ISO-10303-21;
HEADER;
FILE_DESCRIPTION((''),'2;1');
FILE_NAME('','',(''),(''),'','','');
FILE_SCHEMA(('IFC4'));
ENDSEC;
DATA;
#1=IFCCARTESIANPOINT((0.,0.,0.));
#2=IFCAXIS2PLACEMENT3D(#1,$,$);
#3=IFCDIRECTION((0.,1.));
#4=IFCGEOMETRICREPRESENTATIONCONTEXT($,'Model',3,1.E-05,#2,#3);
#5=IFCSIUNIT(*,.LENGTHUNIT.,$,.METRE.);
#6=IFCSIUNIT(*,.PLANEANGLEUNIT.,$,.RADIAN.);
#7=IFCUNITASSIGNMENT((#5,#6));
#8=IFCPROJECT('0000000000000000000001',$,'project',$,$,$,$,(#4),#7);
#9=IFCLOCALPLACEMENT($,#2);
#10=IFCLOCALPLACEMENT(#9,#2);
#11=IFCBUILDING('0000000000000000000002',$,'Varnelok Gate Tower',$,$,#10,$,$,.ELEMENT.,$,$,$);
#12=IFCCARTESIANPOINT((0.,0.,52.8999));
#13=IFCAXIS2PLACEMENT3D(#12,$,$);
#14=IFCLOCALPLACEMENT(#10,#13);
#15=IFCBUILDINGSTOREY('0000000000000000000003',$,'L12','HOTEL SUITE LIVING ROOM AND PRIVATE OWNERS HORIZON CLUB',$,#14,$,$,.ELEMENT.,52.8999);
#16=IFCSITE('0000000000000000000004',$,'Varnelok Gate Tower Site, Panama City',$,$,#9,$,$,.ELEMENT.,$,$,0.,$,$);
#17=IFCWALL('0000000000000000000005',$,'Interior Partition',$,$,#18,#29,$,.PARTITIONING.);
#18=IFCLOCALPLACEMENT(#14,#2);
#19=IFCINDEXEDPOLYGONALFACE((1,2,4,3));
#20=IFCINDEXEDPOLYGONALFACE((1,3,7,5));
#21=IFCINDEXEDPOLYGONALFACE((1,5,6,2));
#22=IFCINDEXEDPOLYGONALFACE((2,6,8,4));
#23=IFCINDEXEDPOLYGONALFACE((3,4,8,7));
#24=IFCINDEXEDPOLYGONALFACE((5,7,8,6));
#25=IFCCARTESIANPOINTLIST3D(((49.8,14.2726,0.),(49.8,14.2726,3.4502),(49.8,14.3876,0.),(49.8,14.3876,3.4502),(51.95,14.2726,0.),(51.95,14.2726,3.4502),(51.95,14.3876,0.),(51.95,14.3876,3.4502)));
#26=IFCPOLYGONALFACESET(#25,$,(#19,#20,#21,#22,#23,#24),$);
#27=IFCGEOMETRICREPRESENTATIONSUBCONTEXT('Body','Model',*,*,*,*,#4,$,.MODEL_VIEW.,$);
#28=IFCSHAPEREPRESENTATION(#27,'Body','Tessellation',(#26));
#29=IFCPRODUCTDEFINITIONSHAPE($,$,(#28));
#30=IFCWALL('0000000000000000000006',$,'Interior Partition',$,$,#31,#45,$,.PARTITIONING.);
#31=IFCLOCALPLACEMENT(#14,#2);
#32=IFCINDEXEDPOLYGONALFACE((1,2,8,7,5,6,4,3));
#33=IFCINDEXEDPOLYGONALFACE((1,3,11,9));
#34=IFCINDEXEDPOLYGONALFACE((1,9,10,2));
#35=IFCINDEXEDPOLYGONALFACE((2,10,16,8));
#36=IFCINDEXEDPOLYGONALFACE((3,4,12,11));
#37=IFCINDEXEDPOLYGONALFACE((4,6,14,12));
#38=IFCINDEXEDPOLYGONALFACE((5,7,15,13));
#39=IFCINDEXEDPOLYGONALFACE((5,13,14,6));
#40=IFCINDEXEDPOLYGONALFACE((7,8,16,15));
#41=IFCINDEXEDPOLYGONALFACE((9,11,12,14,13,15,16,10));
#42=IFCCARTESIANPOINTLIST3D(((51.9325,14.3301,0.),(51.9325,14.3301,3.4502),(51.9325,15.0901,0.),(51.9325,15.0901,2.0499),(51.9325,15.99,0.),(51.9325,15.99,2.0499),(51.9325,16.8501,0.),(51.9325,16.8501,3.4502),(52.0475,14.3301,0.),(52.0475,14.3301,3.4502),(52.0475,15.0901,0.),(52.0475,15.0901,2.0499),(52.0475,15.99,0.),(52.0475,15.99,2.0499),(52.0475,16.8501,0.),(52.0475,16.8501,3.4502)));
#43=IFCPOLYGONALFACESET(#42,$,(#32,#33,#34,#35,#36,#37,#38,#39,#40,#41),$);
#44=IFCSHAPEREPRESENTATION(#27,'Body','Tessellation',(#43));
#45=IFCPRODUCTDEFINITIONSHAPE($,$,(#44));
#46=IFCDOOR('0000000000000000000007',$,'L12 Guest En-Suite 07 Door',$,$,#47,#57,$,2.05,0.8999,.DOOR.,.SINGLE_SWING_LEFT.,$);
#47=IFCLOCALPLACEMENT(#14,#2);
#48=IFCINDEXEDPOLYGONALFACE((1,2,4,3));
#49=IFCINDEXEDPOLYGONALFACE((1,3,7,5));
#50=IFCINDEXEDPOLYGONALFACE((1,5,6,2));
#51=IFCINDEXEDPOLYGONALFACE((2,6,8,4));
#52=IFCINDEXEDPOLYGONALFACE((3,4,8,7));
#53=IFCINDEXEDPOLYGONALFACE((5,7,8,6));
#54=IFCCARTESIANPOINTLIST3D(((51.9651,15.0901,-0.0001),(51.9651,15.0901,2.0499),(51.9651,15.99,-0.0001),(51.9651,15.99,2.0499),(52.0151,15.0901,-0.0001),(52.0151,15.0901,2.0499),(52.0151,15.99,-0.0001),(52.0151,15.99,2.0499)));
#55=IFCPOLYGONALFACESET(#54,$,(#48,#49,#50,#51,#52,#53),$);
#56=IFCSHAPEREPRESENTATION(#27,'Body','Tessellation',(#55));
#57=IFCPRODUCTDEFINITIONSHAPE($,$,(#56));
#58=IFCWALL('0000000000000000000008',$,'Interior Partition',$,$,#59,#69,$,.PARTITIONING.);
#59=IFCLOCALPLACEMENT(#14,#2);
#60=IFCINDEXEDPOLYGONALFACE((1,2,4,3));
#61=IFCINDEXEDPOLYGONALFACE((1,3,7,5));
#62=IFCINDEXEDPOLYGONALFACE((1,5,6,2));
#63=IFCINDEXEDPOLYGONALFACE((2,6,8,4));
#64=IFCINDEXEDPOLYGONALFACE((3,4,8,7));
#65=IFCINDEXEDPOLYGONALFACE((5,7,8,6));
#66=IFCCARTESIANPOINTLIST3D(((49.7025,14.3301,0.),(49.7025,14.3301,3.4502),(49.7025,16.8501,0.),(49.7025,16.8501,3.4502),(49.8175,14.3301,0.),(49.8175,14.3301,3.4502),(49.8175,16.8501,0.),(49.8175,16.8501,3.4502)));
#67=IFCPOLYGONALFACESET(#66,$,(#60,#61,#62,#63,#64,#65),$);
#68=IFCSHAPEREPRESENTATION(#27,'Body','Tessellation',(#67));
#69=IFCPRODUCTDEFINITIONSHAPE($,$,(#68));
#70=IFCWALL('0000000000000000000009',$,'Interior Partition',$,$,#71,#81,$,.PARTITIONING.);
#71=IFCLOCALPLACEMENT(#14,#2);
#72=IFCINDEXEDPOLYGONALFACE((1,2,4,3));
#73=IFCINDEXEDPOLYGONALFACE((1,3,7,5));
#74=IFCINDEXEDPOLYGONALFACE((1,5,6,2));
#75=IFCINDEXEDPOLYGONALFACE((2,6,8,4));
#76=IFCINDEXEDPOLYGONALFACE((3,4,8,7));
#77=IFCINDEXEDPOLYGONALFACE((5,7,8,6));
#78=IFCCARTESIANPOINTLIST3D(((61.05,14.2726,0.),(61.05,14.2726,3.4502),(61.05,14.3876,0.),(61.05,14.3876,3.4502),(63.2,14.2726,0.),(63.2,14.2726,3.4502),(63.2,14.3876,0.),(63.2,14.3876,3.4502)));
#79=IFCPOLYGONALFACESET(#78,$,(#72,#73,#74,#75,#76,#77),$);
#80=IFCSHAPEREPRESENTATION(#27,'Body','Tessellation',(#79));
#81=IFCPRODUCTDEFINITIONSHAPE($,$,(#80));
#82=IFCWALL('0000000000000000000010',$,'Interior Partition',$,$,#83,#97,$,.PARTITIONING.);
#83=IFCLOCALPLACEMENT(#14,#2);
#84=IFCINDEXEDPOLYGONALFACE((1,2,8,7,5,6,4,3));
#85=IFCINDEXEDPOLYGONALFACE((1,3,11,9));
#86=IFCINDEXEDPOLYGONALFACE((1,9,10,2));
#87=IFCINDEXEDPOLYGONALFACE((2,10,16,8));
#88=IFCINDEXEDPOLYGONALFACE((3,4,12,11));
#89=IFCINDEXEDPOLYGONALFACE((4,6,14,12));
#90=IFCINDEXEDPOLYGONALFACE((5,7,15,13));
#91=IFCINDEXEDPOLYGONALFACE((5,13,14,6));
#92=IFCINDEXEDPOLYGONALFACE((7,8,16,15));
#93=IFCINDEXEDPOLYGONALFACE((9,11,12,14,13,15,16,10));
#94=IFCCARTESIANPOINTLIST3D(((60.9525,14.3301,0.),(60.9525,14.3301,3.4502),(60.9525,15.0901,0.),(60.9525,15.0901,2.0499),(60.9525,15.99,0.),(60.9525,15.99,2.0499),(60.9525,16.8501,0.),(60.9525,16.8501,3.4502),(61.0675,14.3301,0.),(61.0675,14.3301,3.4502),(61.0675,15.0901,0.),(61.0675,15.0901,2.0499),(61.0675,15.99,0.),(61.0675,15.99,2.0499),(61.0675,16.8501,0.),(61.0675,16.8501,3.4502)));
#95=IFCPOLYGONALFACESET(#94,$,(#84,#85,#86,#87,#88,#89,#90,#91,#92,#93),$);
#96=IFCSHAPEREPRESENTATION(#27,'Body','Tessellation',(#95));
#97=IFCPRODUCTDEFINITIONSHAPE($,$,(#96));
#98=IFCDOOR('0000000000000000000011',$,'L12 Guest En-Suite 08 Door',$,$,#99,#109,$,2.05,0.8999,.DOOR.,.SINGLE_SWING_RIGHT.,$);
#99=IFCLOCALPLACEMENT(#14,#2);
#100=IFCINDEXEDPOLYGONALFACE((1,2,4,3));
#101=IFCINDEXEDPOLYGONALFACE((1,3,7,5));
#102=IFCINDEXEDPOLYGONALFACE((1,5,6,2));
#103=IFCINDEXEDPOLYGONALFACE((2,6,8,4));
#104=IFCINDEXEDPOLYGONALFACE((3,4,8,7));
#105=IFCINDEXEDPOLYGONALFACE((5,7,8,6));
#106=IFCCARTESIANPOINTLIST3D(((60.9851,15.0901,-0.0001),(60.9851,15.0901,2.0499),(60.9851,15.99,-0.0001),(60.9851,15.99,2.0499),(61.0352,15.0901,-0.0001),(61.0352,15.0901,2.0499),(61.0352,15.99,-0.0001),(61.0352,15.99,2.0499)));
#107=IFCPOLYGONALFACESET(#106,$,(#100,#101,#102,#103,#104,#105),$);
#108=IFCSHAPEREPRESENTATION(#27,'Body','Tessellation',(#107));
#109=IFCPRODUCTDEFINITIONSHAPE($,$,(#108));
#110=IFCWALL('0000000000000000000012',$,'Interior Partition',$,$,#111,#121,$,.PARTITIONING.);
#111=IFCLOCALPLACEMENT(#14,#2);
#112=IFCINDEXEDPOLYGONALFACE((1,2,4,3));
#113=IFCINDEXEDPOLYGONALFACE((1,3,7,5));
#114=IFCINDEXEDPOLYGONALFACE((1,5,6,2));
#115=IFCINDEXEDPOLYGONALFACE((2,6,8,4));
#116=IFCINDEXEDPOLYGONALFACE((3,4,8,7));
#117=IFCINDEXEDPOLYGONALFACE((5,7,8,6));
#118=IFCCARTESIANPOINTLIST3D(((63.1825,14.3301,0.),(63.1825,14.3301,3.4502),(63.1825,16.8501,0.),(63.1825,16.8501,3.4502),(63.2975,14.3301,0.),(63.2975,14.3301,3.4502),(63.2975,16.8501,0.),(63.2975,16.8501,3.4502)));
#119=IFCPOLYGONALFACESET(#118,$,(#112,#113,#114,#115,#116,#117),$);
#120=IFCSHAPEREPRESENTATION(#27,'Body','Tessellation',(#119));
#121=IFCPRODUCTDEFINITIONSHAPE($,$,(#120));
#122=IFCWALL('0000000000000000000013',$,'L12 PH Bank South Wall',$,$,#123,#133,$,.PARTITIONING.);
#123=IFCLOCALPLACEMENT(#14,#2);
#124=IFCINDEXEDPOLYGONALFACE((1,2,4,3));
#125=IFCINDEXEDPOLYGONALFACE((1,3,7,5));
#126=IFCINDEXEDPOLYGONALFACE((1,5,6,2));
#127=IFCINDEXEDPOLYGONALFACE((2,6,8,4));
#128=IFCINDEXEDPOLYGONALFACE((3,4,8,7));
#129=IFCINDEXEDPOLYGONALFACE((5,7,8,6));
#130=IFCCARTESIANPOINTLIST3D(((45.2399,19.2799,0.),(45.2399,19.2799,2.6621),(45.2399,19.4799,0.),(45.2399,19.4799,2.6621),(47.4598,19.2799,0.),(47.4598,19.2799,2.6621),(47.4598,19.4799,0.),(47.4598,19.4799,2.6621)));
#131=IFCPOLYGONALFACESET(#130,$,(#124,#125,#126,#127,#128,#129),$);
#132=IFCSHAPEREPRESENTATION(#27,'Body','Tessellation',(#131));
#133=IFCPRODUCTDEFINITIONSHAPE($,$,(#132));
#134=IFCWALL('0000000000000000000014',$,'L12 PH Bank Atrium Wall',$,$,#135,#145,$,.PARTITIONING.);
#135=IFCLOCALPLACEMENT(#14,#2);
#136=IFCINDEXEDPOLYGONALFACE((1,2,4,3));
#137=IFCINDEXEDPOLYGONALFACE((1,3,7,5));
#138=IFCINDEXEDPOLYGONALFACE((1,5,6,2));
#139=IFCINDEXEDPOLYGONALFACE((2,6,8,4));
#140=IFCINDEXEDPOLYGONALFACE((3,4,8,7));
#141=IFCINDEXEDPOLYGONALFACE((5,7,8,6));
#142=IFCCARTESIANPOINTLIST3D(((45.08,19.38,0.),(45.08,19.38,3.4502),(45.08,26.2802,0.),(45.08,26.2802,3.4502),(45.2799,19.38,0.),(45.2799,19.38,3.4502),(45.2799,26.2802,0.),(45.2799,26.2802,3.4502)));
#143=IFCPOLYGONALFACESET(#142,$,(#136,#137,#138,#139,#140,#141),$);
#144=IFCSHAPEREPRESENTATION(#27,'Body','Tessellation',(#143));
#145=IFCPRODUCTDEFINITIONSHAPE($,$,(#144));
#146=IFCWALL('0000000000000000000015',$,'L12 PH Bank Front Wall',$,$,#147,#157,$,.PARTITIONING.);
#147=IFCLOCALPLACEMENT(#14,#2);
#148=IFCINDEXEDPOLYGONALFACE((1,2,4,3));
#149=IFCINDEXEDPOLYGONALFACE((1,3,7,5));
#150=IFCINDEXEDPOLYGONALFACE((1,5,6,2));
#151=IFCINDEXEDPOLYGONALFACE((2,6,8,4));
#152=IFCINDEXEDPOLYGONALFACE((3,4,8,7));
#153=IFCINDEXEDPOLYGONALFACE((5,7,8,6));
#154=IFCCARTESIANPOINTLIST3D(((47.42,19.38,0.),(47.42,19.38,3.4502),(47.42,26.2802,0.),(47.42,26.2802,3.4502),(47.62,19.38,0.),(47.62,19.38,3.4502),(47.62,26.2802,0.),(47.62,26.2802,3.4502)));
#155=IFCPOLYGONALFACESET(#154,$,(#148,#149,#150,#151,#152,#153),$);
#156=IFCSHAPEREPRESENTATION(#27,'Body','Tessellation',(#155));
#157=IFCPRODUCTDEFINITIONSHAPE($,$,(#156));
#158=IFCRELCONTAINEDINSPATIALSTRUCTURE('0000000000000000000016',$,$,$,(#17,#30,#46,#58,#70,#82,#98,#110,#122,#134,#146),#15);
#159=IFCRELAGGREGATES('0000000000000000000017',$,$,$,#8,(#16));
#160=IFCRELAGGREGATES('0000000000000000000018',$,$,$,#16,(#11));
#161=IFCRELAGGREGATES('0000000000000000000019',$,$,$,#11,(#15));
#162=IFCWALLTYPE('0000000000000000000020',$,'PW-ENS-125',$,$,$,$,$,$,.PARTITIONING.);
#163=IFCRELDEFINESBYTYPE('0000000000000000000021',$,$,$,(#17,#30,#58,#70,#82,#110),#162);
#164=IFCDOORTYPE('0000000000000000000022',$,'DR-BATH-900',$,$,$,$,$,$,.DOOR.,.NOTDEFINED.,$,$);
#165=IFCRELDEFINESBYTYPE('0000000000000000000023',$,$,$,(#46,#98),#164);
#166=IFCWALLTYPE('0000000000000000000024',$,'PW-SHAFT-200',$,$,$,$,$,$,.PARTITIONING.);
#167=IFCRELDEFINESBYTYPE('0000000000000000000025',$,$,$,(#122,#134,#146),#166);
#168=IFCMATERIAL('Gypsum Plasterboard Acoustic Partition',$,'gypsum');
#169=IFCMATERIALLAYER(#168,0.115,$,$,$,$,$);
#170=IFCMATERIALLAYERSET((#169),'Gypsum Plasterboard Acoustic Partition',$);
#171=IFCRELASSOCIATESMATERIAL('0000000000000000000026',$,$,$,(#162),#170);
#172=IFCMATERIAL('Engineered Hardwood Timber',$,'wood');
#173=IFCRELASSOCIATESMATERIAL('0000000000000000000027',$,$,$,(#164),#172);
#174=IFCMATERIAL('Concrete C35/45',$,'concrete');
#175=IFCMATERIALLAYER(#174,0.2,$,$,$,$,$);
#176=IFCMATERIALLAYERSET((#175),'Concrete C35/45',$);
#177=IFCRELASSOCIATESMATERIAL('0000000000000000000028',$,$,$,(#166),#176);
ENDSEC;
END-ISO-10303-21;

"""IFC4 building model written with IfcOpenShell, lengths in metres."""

from ifc_helpers import new_model, si_unit, direction, frame, frame_2d, origin, place, context, subcontext, project, spatial, rectangle, extrude, material, layer, layer_set, type_object, element, fill, save


model = new_model("IFC4")

# Units and contexts
model_context = context("Model", 3, precision=1e-05, world=origin(), true_north=direction((0.0, 1.0)))
body_context = subcontext(model_context, "Body", "Model", "MODEL_VIEW")
ifc_project = project(units=[si_unit("LENGTHUNIT", "METRE"), si_unit("PLANEANGLEUNIT", "RADIAN")], contexts=[model_context])

# Site, building, storey
site_placement = place(None, origin())
site = spatial("IfcSite", under=ifc_project, at=site_placement, Name="Varnelok Gate Tower Site, Panama City", CompositionType="ELEMENT", RefElevation=0.0)
building_placement = place(site_placement, origin())
building = spatial("IfcBuilding", under=site, at=building_placement, Name="Varnelok Gate Tower", CompositionType="ELEMENT")
storey_placement = place(building_placement, frame((0.0, 0.0, 52.8999)))
storey = spatial("IfcBuildingStorey", under=building, at=storey_placement, Name="L12", Description="HOTEL SUITE LIVING ROOM AND PRIVATE OWNERS HORIZON CLUB", CompositionType="ELEMENT", Elevation=52.8999)

# Shared definitions
ifc_material_1 = material(Name="Gypsum Plasterboard Acoustic Partition", Category="gypsum")
ifc_material_2 = material(Name="Engineered Hardwood Timber", Category="wood")

# Wall
ifc_layer_1 = layer(ifc_material_1, 0.115)
ifc_layer_set_1 = layer_set([ifc_layer_1], Name="Gypsum Plasterboard Acoustic Partition")
wall_type_1 = type_object("IfcWallType", Name="PW-ENS-125", PredefinedType="PARTITIONING", material=ifc_layer_set_1)
wall_1_placement = place(storey_placement, frame((49.8, 14.3301, 0.0), z_axis=(0.0, 0.0, 1.0), x_axis=(1.0, 0.0, 0.0)))
element("IfcWall", 1, at=wall_1_placement, inside=storey, type_object=wall_type_1, Name="Interior Partition", PredefinedType="PARTITIONING", context=body_context, shape_type="SweptSolid", body=[
    extrude(rectangle(XDim=2.1499, YDim=0.115, at=frame_2d((1.075, 0.0))), origin(), (0.0, 0.0, 1.0), 3.4502),
])

# Wall, opening, door
wall_2_placement = place(storey_placement, frame((51.99, 14.3301, 0.0), z_axis=(0.0, 0.0, 1.0), x_axis=(0.0, 1.0, 0.0)))
wall_2 = element("IfcWall", 2, at=wall_2_placement, inside=storey, type_object=wall_type_1, Name="Interior Partition", PredefinedType="PARTITIONING", context=body_context, shape_type="SweptSolid", body=[
    extrude(rectangle(XDim=2.52, YDim=0.115, at=frame_2d((1.26, 0.0))), origin(), (0.0, 0.0, 1.0), 3.4502),
])
opening_1_placement = place(wall_2_placement, frame((0.76, 0.0, 0.0)))
opening_1 = element("IfcOpeningElement", 3, at=opening_1_placement, cuts=wall_2, PredefinedType="OPENING", context=body_context, shape_type="SweptSolid", body=[
    extrude(rectangle(XDim=0.8999, YDim=2.05, at=frame_2d((0.45, 1.0249))), frame((0.0, 0.0674, 0.0), z_axis=(0.0, -1.0, 0.0), x_axis=(1.0, 0.0, 0.0)), (0.0, 0.0, 1.0), 0.135),
])
door_type_1 = type_object("IfcDoorType", Name="DR-BATH-900", OperationType="NOTDEFINED", PredefinedType="DOOR", material=ifc_material_2)
door_1_placement = place(opening_1_placement, origin())
door_1 = element("IfcDoor", 4, at=door_1_placement, inside=storey, type_object=door_type_1, Name="L12 Guest En-Suite 07 Door", OperationType="SINGLE_SWING_LEFT", OverallHeight=2.05, OverallWidth=0.8999, PredefinedType="DOOR", context=body_context, shape_type="SweptSolid", body=[
    extrude(rectangle(XDim=0.8999, YDim=2.05, at=frame_2d((0.45, 1.0249))), frame((0.0, 0.0249, 0.0), z_axis=(0.0, -1.0, 0.0), x_axis=(1.0, 0.0, 0.0)), (0.0, 0.0, 1.0), 0.05),
])
fill(opening_1, door_1)

# Walls
wall_3_placement = place(storey_placement, frame((49.76, 14.3301, 0.0), z_axis=(0.0, 0.0, 1.0), x_axis=(0.0, 1.0, 0.0)))
element("IfcWall", 5, at=wall_3_placement, inside=storey, type_object=wall_type_1, Name="Interior Partition", PredefinedType="PARTITIONING", context=body_context, shape_type="SweptSolid", body=[
    extrude(rectangle(XDim=2.52, YDim=0.115, at=frame_2d((1.26, 0.0))), origin(), (0.0, 0.0, 1.0), 3.4502),
])
wall_4_placement = place(storey_placement, frame((61.05, 14.3301, 0.0), z_axis=(0.0, 0.0, 1.0), x_axis=(1.0, 0.0, 0.0)))
element("IfcWall", 6, at=wall_4_placement, inside=storey, type_object=wall_type_1, Name="Interior Partition", PredefinedType="PARTITIONING", context=body_context, shape_type="SweptSolid", body=[
    extrude(rectangle(XDim=2.1499, YDim=0.115, at=frame_2d((1.075, 0.0))), origin(), (0.0, 0.0, 1.0), 3.4502),
])

# Wall, opening, door
wall_5_placement = place(storey_placement, frame((61.01, 14.3301, 0.0), z_axis=(0.0, 0.0, 1.0), x_axis=(0.0, 1.0, 0.0)))
wall_5 = element("IfcWall", 7, at=wall_5_placement, inside=storey, type_object=wall_type_1, Name="Interior Partition", PredefinedType="PARTITIONING", context=body_context, shape_type="SweptSolid", body=[
    extrude(rectangle(XDim=2.52, YDim=0.115, at=frame_2d((1.26, 0.0))), origin(), (0.0, 0.0, 1.0), 3.4502),
])
opening_2_placement = place(wall_5_placement, frame((0.76, 0.0, 0.0)))
opening_2 = element("IfcOpeningElement", 8, at=opening_2_placement, cuts=wall_5, PredefinedType="OPENING", context=body_context, shape_type="SweptSolid", body=[
    extrude(rectangle(XDim=0.8999, YDim=2.05, at=frame_2d((0.45, 1.0249))), frame((0.0, 0.0674, 0.0), z_axis=(0.0, -1.0, 0.0), x_axis=(1.0, 0.0, 0.0)), (0.0, 0.0, 1.0), 0.135),
])
door_2_placement = place(opening_2_placement, origin())
door_2 = element("IfcDoor", 9, at=door_2_placement, inside=storey, type_object=door_type_1, Name="L12 Guest En-Suite 08 Door", OperationType="SINGLE_SWING_RIGHT", OverallHeight=2.05, OverallWidth=0.8999, PredefinedType="DOOR", context=body_context, shape_type="SweptSolid", body=[
    extrude(rectangle(XDim=0.8999, YDim=2.05, at=frame_2d((0.45, 1.0249))), frame((0.0, 0.0249, 0.0), z_axis=(0.0, -1.0, 0.0), x_axis=(1.0, 0.0, 0.0)), (0.0, 0.0, 1.0), 0.05),
])
fill(opening_2, door_2)

# Walls
wall_6_placement = place(storey_placement, frame((63.24, 14.3301, 0.0), z_axis=(0.0, 0.0, 1.0), x_axis=(0.0, 1.0, 0.0)))
element("IfcWall", 10, at=wall_6_placement, inside=storey, type_object=wall_type_1, Name="Interior Partition", PredefinedType="PARTITIONING", context=body_context, shape_type="SweptSolid", body=[
    extrude(rectangle(XDim=2.52, YDim=0.115, at=frame_2d((1.26, 0.0))), origin(), (0.0, 0.0, 1.0), 3.4502),
])
ifc_material_3 = material(Name="Concrete C35/45", Category="concrete")
ifc_layer_2 = layer(ifc_material_3, 0.2)
ifc_layer_set_2 = layer_set([ifc_layer_2], Name="Concrete C35/45")
wall_type_2 = type_object("IfcWallType", Name="PW-SHAFT-200", PredefinedType="PARTITIONING", material=ifc_layer_set_2)
wall_7_placement = place(storey_placement, frame((45.24, 19.3799, 0.0), z_axis=(0.0, 0.0, 1.0), x_axis=(1.0, 0.0, 0.0)))
element("IfcWall", 11, at=wall_7_placement, inside=storey, type_object=wall_type_2, Name="L12 PH Bank South Wall", PredefinedType="PARTITIONING", context=body_context, shape_type="SweptSolid", body=[
    extrude(rectangle(XDim=2.22, YDim=0.2, at=frame_2d((1.1099, 0.0))), origin(), (0.0, 0.0, 1.0), 2.6621),
])
for number, where, z_axis, x_axis, name in (
    (12, (45.1799, 19.3799, 0.0), (0.0, 0.0, 1.0), (0.0, 1.0, 0.0), "L12 PH Bank Atrium Wall"),
    (13, (47.52, 19.3799, 0.0), (0.0, 0.0, 1.0), (0.0, 1.0, 0.0), "L12 PH Bank Front Wall"),
):
    element("IfcWall", number, at=place(storey_placement, frame(where, z_axis=z_axis, x_axis=x_axis)), inside=storey, type_object=wall_type_2, Name=name, PredefinedType="PARTITIONING", context=body_context, shape_type="SweptSolid", body=[
        extrude(rectangle(XDim=6.9001, YDim=0.2, at=frame_2d((3.4502, 0.0))), origin(), (0.0, 0.0, 1.0), 3.4502),
    ])

save(model, "model.ifc")
